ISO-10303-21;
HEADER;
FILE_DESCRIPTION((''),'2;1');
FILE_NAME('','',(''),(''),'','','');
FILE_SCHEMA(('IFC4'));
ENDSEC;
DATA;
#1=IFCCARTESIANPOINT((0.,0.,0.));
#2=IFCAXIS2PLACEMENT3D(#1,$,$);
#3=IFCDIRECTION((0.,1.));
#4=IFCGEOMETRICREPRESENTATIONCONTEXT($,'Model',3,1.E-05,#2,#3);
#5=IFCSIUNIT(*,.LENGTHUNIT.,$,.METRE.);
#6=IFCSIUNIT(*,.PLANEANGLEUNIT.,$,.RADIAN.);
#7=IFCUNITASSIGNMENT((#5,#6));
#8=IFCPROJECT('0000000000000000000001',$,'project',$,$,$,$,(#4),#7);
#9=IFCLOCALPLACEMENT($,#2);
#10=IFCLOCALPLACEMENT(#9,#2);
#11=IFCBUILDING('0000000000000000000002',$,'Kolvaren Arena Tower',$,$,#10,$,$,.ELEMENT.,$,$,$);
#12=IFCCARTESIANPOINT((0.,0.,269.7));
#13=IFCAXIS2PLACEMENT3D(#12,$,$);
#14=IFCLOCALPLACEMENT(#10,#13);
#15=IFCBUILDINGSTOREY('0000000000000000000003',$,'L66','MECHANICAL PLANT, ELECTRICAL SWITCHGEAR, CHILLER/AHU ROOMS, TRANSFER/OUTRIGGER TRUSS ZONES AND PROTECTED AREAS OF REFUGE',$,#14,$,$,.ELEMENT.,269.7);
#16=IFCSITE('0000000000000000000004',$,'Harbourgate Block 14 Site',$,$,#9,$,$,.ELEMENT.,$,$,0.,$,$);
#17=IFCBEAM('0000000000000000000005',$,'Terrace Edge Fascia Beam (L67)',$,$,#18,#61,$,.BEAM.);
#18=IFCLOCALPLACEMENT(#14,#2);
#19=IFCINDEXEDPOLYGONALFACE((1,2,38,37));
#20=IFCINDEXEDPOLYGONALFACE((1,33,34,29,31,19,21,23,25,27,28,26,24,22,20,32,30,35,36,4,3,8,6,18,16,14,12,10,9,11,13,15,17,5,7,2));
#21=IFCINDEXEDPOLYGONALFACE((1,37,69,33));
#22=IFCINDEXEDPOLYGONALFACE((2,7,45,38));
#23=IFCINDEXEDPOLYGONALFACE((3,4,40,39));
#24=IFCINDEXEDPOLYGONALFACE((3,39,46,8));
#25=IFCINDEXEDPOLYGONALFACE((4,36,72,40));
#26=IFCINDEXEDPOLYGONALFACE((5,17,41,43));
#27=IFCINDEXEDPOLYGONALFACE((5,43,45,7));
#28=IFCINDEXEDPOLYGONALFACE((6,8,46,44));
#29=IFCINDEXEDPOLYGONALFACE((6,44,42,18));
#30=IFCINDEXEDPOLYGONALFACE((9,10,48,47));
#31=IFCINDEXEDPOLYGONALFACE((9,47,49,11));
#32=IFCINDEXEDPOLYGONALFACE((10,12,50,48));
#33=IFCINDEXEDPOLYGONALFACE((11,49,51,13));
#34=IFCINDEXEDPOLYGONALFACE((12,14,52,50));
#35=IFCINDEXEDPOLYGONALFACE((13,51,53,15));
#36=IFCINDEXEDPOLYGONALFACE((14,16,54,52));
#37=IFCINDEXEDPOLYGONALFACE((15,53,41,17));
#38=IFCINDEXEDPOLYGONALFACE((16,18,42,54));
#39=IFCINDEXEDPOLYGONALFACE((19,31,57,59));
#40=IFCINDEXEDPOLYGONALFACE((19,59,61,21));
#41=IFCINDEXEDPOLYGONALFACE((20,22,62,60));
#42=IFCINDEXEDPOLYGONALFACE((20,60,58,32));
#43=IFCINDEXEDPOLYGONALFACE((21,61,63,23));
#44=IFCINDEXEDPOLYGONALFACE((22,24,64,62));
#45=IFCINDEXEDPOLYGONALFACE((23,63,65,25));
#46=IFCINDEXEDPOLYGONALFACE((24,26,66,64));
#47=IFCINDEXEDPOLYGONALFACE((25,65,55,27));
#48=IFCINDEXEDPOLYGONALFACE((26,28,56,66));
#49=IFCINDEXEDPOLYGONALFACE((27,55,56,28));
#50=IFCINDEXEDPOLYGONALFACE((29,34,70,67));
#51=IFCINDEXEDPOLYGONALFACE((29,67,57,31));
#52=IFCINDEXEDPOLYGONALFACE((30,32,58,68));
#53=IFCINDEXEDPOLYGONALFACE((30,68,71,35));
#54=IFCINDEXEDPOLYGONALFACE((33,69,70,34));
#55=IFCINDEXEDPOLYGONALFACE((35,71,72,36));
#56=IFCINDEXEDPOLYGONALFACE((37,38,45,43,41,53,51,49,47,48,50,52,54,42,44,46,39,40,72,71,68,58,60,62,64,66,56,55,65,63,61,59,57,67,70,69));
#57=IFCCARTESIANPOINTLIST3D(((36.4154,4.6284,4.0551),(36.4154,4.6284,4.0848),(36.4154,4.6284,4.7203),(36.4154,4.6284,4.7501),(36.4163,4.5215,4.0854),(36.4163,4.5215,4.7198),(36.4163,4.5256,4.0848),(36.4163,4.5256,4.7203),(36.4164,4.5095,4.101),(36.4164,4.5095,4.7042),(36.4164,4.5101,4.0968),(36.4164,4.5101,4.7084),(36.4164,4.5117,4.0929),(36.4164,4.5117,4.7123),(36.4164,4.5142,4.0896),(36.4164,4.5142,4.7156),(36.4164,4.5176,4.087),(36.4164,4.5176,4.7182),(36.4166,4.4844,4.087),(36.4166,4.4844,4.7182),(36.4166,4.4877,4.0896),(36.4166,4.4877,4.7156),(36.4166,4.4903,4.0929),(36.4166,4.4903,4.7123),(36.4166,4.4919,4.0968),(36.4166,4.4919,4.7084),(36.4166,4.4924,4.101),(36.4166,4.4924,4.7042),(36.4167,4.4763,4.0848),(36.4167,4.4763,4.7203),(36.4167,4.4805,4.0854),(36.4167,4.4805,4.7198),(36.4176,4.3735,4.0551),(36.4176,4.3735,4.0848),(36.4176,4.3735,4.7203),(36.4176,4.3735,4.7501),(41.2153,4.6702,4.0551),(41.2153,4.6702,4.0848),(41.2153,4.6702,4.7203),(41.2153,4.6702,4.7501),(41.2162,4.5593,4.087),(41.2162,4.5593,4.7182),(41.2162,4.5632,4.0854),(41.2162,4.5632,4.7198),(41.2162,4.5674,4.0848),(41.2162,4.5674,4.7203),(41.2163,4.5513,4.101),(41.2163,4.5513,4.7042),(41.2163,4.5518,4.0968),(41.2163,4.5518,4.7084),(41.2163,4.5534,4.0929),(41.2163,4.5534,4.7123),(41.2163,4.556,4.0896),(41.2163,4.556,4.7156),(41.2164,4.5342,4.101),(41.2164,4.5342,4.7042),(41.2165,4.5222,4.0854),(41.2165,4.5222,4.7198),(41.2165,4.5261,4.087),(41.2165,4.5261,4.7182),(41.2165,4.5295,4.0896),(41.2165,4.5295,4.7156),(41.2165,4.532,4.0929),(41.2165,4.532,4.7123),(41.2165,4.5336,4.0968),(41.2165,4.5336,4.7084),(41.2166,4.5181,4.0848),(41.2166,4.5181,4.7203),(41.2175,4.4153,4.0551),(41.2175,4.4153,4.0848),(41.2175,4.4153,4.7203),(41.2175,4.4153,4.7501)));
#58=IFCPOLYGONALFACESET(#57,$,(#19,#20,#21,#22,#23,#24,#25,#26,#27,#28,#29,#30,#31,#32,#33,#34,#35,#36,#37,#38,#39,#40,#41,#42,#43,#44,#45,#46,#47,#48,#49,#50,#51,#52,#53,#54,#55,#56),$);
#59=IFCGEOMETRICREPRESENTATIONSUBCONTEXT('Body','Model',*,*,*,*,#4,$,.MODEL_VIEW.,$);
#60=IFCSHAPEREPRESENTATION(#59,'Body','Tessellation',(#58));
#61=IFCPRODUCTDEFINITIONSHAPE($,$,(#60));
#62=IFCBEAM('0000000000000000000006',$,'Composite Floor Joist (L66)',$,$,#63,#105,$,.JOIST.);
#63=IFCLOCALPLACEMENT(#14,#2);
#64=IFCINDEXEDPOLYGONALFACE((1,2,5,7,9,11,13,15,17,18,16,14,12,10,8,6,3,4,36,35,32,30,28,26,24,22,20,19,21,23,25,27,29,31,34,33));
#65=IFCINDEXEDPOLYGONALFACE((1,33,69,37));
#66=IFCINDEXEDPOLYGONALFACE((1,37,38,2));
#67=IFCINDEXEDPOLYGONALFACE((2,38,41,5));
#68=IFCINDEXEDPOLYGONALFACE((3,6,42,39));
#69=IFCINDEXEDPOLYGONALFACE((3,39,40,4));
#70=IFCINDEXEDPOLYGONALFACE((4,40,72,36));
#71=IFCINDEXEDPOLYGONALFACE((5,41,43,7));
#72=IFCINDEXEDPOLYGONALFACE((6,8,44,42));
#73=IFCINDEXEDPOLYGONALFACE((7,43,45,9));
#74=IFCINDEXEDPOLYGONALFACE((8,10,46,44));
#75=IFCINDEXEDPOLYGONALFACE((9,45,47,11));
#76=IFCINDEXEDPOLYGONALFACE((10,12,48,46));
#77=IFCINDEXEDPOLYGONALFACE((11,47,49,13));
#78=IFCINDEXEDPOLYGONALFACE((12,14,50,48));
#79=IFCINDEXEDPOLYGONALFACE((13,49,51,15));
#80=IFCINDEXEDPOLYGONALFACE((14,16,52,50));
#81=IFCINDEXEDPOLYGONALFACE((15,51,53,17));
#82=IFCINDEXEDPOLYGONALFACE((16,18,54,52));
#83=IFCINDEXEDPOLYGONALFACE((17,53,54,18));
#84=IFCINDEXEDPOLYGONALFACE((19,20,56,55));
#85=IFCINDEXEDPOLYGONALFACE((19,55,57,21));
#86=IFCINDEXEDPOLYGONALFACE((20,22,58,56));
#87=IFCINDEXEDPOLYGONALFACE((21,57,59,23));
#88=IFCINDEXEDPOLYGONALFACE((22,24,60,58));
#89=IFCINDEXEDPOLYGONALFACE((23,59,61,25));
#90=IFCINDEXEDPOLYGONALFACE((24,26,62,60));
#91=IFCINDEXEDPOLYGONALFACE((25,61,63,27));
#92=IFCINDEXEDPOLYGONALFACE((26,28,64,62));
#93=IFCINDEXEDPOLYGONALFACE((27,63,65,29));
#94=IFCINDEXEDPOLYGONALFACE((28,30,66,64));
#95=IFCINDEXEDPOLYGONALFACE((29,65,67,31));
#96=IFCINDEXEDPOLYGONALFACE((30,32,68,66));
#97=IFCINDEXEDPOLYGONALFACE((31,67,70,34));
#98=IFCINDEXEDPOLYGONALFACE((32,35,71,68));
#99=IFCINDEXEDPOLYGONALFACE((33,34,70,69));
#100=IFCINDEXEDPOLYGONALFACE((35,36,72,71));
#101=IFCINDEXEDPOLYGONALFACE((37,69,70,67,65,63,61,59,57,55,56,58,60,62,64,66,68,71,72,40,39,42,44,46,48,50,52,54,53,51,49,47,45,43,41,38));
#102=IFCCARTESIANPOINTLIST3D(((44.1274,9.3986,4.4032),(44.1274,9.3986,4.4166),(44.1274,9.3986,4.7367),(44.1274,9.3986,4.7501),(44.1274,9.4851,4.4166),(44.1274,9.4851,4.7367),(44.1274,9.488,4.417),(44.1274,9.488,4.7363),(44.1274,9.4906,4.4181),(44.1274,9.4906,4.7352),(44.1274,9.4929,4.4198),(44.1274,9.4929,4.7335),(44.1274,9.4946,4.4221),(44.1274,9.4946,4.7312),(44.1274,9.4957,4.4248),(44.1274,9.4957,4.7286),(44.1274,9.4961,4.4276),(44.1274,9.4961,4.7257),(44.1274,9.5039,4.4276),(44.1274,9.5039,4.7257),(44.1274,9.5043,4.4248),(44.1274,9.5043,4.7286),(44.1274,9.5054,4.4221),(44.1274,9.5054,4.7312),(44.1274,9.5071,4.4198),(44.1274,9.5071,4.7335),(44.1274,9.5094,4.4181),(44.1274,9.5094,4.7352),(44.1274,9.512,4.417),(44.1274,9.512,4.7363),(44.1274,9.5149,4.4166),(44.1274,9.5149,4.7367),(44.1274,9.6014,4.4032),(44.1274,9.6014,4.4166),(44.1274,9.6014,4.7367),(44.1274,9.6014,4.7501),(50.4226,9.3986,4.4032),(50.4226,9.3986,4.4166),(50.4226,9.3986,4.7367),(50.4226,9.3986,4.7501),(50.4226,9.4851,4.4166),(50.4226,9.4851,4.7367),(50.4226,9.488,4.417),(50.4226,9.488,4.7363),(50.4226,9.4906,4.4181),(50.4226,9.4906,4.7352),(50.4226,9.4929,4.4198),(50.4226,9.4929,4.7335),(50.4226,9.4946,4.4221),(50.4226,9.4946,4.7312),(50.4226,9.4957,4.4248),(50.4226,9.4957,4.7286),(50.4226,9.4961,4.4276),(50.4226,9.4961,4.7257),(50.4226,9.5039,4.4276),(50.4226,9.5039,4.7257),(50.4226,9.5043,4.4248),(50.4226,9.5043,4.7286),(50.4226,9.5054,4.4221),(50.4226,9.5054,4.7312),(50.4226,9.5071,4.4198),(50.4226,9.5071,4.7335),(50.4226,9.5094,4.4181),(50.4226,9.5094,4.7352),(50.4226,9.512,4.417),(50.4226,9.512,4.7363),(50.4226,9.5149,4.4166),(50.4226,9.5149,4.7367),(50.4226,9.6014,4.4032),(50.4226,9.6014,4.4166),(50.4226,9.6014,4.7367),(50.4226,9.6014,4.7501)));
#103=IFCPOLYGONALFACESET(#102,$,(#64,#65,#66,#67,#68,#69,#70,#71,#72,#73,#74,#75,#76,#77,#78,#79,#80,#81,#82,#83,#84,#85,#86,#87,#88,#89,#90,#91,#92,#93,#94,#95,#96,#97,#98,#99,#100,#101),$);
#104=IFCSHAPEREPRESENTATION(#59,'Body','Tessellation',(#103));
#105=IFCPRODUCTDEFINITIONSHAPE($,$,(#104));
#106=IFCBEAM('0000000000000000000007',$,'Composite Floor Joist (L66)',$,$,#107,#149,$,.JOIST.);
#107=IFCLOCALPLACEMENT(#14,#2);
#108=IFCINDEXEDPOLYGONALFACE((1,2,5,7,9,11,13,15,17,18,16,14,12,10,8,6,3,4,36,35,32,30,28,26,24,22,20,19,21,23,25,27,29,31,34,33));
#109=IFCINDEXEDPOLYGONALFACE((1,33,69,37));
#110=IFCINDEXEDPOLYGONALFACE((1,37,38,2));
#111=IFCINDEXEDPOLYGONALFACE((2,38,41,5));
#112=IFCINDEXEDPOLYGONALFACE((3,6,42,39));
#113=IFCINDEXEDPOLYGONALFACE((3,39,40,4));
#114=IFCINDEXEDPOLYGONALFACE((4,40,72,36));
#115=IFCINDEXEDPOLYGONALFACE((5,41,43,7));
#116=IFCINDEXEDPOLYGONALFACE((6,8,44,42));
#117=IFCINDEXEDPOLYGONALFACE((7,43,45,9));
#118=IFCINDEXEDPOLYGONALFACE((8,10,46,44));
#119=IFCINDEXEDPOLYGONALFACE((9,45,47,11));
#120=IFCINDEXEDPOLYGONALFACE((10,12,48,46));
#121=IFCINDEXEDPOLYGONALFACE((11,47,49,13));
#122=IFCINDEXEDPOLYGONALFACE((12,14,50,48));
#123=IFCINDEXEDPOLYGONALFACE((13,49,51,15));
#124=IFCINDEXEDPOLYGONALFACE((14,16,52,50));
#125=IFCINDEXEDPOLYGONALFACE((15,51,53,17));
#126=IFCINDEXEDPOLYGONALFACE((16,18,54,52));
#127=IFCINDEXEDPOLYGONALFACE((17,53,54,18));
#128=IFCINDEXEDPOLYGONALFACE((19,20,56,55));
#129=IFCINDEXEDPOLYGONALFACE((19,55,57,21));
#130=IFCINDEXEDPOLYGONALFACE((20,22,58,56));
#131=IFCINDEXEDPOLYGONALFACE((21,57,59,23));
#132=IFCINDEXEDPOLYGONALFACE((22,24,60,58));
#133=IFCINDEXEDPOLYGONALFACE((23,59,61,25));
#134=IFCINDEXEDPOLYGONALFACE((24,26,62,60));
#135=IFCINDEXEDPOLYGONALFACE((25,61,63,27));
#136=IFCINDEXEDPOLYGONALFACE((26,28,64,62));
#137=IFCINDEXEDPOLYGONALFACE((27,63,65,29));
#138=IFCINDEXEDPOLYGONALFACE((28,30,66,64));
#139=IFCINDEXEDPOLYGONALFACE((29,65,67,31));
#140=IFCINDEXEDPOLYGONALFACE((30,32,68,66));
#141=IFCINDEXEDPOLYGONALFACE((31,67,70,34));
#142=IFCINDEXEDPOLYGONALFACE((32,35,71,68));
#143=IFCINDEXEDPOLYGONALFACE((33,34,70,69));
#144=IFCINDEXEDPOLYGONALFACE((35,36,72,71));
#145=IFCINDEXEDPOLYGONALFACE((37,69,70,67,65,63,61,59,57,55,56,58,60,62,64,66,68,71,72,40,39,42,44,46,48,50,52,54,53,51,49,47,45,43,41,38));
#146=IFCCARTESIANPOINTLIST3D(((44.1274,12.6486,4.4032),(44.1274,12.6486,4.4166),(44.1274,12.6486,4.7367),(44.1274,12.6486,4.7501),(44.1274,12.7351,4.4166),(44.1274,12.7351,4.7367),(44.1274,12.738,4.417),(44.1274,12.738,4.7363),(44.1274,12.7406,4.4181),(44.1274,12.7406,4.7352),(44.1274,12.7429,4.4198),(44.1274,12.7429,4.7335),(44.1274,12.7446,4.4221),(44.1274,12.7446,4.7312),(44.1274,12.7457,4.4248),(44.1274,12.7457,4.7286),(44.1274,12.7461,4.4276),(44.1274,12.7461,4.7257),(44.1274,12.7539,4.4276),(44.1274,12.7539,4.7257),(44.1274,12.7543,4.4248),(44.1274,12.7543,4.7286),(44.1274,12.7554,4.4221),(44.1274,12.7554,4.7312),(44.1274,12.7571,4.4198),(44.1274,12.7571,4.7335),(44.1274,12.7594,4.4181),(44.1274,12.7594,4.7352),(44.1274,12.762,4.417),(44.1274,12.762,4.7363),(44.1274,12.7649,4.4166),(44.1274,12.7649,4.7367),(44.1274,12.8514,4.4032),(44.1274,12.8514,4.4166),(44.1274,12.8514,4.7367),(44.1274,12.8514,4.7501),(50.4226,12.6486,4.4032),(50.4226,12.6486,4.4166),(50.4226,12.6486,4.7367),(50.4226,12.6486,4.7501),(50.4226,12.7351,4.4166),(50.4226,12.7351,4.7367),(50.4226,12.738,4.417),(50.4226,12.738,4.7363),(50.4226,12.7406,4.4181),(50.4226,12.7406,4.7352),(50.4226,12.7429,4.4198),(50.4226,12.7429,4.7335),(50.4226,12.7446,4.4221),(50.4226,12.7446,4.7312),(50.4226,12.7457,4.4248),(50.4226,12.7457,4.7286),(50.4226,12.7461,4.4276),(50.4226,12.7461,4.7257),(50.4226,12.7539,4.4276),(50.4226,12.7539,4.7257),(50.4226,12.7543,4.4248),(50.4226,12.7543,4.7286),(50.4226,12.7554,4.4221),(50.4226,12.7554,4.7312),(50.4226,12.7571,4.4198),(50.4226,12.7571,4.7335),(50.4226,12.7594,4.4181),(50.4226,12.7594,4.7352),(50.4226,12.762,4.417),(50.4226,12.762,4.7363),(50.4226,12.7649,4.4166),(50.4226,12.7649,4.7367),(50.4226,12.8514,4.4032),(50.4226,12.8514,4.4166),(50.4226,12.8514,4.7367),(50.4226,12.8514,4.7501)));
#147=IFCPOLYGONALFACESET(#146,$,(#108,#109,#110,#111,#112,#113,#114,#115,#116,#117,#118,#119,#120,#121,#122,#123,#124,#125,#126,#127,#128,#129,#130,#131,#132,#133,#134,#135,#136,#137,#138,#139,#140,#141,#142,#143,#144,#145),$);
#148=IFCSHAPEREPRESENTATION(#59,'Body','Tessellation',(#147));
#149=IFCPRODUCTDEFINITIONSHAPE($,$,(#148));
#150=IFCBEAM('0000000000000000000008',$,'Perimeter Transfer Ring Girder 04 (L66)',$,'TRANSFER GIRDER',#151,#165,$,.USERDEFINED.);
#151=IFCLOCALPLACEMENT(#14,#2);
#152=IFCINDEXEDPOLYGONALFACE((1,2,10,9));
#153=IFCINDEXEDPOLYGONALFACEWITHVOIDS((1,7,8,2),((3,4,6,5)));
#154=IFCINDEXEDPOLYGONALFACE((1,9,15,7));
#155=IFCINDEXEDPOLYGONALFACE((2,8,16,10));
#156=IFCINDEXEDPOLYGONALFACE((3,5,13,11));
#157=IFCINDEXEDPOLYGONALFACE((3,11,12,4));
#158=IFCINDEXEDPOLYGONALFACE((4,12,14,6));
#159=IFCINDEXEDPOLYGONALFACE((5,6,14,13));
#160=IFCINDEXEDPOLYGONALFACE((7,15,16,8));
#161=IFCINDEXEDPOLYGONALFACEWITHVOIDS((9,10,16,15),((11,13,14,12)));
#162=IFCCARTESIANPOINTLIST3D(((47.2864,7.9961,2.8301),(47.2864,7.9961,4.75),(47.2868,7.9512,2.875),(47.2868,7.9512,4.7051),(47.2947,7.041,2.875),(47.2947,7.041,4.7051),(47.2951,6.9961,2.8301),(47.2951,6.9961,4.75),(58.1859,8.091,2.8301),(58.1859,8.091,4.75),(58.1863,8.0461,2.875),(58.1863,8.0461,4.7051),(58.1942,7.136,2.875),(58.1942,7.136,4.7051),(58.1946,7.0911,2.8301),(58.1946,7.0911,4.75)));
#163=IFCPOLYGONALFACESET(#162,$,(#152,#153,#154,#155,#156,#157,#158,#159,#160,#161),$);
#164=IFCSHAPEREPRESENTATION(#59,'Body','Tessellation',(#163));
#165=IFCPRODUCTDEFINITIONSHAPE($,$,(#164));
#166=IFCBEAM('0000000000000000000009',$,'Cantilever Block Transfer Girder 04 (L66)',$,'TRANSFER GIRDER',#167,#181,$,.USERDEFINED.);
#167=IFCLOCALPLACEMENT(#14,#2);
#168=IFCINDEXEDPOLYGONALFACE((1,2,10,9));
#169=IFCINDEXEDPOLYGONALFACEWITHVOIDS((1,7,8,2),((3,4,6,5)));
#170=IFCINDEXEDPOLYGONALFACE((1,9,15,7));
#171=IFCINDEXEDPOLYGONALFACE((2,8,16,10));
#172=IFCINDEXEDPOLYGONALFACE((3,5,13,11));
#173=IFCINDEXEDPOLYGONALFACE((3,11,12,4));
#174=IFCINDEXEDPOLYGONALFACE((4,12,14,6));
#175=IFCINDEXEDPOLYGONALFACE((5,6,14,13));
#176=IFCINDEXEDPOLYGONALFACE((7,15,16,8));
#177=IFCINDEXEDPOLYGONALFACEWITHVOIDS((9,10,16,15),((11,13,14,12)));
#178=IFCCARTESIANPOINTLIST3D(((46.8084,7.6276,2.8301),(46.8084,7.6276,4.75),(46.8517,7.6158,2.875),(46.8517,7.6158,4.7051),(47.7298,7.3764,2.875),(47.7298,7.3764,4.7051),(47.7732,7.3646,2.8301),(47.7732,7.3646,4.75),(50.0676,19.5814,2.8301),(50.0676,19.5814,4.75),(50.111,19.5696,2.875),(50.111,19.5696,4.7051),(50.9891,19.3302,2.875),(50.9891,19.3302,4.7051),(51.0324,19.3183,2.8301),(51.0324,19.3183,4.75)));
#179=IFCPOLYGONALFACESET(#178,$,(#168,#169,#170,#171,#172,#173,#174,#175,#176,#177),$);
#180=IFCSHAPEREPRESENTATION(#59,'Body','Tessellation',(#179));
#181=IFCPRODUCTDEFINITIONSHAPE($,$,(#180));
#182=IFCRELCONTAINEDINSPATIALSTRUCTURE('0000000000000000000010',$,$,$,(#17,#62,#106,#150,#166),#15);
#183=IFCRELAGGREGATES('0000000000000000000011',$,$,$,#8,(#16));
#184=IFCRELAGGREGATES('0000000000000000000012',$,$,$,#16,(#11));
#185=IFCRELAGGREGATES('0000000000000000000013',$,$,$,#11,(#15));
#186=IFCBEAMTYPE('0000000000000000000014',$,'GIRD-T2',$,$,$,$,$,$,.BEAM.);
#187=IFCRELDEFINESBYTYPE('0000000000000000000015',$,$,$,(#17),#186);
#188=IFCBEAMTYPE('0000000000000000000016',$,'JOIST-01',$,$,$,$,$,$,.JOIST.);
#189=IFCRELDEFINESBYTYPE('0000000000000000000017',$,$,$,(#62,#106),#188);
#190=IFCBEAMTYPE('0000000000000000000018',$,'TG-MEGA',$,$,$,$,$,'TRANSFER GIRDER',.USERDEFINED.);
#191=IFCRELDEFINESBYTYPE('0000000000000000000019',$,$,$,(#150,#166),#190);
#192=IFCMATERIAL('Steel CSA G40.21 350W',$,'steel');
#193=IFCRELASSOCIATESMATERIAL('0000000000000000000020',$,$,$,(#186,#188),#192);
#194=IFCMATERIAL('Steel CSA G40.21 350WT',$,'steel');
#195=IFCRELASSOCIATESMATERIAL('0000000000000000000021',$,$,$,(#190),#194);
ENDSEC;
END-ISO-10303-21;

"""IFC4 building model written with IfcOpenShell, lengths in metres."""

from ifc_helpers import new_model, si_unit, direction, frame, origin, origin_2d, place, context, subcontext, project, spatial, hollow_rectangle, i_section, extrude, material, material_profile, profile_set, type_object, element, save


model = new_model("IFC4")

# Units and contexts
model_context = context("Model", 3, precision=1e-05, world=origin(), true_north=direction((0.0, 1.0)))
body_context = subcontext(model_context, "Body", "Model", "MODEL_VIEW")
ifc_project = project(units=[si_unit("LENGTHUNIT", "METRE"), si_unit("PLANEANGLEUNIT", "RADIAN")], contexts=[model_context])

# Site, building, storey
site_placement = place(None, origin())
site = spatial("IfcSite", under=ifc_project, at=site_placement, Name="Harbourgate Block 14 Site", CompositionType="ELEMENT", RefElevation=0.0)
building_placement = place(site_placement, origin())
building = spatial("IfcBuilding", under=site, at=building_placement, Name="Kolvaren Arena Tower", CompositionType="ELEMENT")
storey_placement = place(building_placement, frame((0.0, 0.0, 269.7)))
storey = spatial("IfcBuildingStorey", under=building, at=storey_placement, Name="L66", Description="MECHANICAL PLANT, ELECTRICAL SWITCHGEAR, CHILLER/AHU ROOMS, TRANSFER/OUTRIGGER TRUSS ZONES AND PROTECTED AREAS OF REFUGE", CompositionType="ELEMENT", Elevation=269.7)

# Beams
ifc_material_1 = material(Name="Steel CSA G40.21 350W", Category="steel")
ifc_material_profile_1 = material_profile(ifc_material_1, i_section(OverallWidth=0.2549, OverallDepth=0.6951, WebThickness=0.0171, FlangeThickness=0.0298, FilletRadius=0.0161, at=origin_2d()), Name="W690x217")
ifc_profile_set_1 = profile_set([ifc_material_profile_1], Name="Steel CSA G40.21 350W")
beam_type_1 = type_object("IfcBeamType", Name="GIRD-T2", PredefinedType="BEAM", material=ifc_profile_set_1)
beam_1_placement = place(storey_placement, frame((36.4165, 4.501, 4.4026), z_axis=(0.999962, 0.008698, 0.0), x_axis=(-0.008698, 0.999962, 0.0)))
element("IfcBeam", 1, at=beam_1_placement, inside=storey, type_object=beam_type_1, Name="Terrace Edge Fascia Beam (L67)", PredefinedType="BEAM", context=body_context, shape_type="SweptSolid", body=[
    extrude(i_section(OverallWidth=0.2549, OverallDepth=0.6951, WebThickness=0.0171, FlangeThickness=0.0298, FilletRadius=0.0161, at=origin_2d()), origin(), (0.0, 0.0, 1.0), 4.8),
])
ifc_material_profile_2 = material_profile(ifc_material_1, i_section(OverallWidth=0.2029, OverallDepth=0.3469, WebThickness=0.0078, FlangeThickness=0.0134, FilletRadius=0.011, at=origin_2d()), Name="W360x64")
ifc_profile_set_2 = profile_set([ifc_material_profile_2], Name="Steel CSA G40.21 350W")
beam_type_2 = type_object("IfcBeamType", Name="JOIST-01", PredefinedType="JOIST", material=ifc_profile_set_2)
for number, where, z_axis, x_axis, name in (
    (2, (44.1274, 9.5, 4.5767), (1.0, 0.0, 0.0), (0.0, 1.0, 0.0), "Composite Floor Joist (L66)"),
    (3, (44.1274, 12.75, 4.5767), (1.0, 0.0, 0.0), (0.0, 1.0, 0.0), "Composite Floor Joist (L66)"),
):
    element("IfcBeam", number, at=place(storey_placement, frame(where, z_axis=z_axis, x_axis=x_axis)), inside=storey, type_object=beam_type_2, Name=name, PredefinedType="JOIST", context=body_context, shape_type="SweptSolid", body=[
        extrude(i_section(OverallWidth=0.2029, OverallDepth=0.3469, WebThickness=0.0078, FlangeThickness=0.0134, FilletRadius=0.011, at=origin_2d()), origin(), (0.0, 0.0, 1.0), 6.2952),
    ])
ifc_material_2 = material(Name="Steel CSA G40.21 350WT", Category="steel")
ifc_material_profile_3 = material_profile(ifc_material_2, hollow_rectangle(XDim=1.0, YDim=1.9199, WallThickness=0.0449, at=origin_2d()), Name="BOX 1000x1920x45")
ifc_profile_set_3 = profile_set([ifc_material_profile_3], Name="Steel CSA G40.21 350WT")
beam_type_3 = type_object("IfcBeamType", Name="TG-MEGA", ElementType="TRANSFER GIRDER", PredefinedType="USERDEFINED", material=ifc_profile_set_3)
beam_2_placement = place(storey_placement, frame((47.2908, 7.4961, 3.79), z_axis=(0.999962, 0.008713, 0.0), x_axis=(-0.008713, 0.999962, 0.0)))
element("IfcBeam", 4, at=beam_2_placement, inside=storey, type_object=beam_type_3, Name="Perimeter Transfer Ring Girder 04 (L66)", ObjectType="TRANSFER GIRDER", PredefinedType="USERDEFINED", context=body_context, shape_type="SweptSolid", body=[
    extrude(hollow_rectangle(XDim=1.0, YDim=1.9199, WallThickness=0.0449, at=origin_2d()), origin(), (0.0, 0.0, 1.0), 10.8999),
])
beam_3_placement = place(storey_placement, frame((47.2908, 7.4961, 3.79), z_axis=(0.263052, 0.964782, 0.0), x_axis=(-0.964782, 0.263052, 0.0)))
element("IfcBeam", 5, at=beam_3_placement, inside=storey, type_object=beam_type_3, Name="Cantilever Block Transfer Girder 04 (L66)", ObjectType="TRANSFER GIRDER", PredefinedType="USERDEFINED", context=body_context, shape_type="SweptSolid", body=[
    extrude(hollow_rectangle(XDim=1.0, YDim=1.9199, WallThickness=0.0449, at=origin_2d()), origin(), (0.0, 0.0, 1.0), 12.3901),
])

save(model, "model.ifc")
